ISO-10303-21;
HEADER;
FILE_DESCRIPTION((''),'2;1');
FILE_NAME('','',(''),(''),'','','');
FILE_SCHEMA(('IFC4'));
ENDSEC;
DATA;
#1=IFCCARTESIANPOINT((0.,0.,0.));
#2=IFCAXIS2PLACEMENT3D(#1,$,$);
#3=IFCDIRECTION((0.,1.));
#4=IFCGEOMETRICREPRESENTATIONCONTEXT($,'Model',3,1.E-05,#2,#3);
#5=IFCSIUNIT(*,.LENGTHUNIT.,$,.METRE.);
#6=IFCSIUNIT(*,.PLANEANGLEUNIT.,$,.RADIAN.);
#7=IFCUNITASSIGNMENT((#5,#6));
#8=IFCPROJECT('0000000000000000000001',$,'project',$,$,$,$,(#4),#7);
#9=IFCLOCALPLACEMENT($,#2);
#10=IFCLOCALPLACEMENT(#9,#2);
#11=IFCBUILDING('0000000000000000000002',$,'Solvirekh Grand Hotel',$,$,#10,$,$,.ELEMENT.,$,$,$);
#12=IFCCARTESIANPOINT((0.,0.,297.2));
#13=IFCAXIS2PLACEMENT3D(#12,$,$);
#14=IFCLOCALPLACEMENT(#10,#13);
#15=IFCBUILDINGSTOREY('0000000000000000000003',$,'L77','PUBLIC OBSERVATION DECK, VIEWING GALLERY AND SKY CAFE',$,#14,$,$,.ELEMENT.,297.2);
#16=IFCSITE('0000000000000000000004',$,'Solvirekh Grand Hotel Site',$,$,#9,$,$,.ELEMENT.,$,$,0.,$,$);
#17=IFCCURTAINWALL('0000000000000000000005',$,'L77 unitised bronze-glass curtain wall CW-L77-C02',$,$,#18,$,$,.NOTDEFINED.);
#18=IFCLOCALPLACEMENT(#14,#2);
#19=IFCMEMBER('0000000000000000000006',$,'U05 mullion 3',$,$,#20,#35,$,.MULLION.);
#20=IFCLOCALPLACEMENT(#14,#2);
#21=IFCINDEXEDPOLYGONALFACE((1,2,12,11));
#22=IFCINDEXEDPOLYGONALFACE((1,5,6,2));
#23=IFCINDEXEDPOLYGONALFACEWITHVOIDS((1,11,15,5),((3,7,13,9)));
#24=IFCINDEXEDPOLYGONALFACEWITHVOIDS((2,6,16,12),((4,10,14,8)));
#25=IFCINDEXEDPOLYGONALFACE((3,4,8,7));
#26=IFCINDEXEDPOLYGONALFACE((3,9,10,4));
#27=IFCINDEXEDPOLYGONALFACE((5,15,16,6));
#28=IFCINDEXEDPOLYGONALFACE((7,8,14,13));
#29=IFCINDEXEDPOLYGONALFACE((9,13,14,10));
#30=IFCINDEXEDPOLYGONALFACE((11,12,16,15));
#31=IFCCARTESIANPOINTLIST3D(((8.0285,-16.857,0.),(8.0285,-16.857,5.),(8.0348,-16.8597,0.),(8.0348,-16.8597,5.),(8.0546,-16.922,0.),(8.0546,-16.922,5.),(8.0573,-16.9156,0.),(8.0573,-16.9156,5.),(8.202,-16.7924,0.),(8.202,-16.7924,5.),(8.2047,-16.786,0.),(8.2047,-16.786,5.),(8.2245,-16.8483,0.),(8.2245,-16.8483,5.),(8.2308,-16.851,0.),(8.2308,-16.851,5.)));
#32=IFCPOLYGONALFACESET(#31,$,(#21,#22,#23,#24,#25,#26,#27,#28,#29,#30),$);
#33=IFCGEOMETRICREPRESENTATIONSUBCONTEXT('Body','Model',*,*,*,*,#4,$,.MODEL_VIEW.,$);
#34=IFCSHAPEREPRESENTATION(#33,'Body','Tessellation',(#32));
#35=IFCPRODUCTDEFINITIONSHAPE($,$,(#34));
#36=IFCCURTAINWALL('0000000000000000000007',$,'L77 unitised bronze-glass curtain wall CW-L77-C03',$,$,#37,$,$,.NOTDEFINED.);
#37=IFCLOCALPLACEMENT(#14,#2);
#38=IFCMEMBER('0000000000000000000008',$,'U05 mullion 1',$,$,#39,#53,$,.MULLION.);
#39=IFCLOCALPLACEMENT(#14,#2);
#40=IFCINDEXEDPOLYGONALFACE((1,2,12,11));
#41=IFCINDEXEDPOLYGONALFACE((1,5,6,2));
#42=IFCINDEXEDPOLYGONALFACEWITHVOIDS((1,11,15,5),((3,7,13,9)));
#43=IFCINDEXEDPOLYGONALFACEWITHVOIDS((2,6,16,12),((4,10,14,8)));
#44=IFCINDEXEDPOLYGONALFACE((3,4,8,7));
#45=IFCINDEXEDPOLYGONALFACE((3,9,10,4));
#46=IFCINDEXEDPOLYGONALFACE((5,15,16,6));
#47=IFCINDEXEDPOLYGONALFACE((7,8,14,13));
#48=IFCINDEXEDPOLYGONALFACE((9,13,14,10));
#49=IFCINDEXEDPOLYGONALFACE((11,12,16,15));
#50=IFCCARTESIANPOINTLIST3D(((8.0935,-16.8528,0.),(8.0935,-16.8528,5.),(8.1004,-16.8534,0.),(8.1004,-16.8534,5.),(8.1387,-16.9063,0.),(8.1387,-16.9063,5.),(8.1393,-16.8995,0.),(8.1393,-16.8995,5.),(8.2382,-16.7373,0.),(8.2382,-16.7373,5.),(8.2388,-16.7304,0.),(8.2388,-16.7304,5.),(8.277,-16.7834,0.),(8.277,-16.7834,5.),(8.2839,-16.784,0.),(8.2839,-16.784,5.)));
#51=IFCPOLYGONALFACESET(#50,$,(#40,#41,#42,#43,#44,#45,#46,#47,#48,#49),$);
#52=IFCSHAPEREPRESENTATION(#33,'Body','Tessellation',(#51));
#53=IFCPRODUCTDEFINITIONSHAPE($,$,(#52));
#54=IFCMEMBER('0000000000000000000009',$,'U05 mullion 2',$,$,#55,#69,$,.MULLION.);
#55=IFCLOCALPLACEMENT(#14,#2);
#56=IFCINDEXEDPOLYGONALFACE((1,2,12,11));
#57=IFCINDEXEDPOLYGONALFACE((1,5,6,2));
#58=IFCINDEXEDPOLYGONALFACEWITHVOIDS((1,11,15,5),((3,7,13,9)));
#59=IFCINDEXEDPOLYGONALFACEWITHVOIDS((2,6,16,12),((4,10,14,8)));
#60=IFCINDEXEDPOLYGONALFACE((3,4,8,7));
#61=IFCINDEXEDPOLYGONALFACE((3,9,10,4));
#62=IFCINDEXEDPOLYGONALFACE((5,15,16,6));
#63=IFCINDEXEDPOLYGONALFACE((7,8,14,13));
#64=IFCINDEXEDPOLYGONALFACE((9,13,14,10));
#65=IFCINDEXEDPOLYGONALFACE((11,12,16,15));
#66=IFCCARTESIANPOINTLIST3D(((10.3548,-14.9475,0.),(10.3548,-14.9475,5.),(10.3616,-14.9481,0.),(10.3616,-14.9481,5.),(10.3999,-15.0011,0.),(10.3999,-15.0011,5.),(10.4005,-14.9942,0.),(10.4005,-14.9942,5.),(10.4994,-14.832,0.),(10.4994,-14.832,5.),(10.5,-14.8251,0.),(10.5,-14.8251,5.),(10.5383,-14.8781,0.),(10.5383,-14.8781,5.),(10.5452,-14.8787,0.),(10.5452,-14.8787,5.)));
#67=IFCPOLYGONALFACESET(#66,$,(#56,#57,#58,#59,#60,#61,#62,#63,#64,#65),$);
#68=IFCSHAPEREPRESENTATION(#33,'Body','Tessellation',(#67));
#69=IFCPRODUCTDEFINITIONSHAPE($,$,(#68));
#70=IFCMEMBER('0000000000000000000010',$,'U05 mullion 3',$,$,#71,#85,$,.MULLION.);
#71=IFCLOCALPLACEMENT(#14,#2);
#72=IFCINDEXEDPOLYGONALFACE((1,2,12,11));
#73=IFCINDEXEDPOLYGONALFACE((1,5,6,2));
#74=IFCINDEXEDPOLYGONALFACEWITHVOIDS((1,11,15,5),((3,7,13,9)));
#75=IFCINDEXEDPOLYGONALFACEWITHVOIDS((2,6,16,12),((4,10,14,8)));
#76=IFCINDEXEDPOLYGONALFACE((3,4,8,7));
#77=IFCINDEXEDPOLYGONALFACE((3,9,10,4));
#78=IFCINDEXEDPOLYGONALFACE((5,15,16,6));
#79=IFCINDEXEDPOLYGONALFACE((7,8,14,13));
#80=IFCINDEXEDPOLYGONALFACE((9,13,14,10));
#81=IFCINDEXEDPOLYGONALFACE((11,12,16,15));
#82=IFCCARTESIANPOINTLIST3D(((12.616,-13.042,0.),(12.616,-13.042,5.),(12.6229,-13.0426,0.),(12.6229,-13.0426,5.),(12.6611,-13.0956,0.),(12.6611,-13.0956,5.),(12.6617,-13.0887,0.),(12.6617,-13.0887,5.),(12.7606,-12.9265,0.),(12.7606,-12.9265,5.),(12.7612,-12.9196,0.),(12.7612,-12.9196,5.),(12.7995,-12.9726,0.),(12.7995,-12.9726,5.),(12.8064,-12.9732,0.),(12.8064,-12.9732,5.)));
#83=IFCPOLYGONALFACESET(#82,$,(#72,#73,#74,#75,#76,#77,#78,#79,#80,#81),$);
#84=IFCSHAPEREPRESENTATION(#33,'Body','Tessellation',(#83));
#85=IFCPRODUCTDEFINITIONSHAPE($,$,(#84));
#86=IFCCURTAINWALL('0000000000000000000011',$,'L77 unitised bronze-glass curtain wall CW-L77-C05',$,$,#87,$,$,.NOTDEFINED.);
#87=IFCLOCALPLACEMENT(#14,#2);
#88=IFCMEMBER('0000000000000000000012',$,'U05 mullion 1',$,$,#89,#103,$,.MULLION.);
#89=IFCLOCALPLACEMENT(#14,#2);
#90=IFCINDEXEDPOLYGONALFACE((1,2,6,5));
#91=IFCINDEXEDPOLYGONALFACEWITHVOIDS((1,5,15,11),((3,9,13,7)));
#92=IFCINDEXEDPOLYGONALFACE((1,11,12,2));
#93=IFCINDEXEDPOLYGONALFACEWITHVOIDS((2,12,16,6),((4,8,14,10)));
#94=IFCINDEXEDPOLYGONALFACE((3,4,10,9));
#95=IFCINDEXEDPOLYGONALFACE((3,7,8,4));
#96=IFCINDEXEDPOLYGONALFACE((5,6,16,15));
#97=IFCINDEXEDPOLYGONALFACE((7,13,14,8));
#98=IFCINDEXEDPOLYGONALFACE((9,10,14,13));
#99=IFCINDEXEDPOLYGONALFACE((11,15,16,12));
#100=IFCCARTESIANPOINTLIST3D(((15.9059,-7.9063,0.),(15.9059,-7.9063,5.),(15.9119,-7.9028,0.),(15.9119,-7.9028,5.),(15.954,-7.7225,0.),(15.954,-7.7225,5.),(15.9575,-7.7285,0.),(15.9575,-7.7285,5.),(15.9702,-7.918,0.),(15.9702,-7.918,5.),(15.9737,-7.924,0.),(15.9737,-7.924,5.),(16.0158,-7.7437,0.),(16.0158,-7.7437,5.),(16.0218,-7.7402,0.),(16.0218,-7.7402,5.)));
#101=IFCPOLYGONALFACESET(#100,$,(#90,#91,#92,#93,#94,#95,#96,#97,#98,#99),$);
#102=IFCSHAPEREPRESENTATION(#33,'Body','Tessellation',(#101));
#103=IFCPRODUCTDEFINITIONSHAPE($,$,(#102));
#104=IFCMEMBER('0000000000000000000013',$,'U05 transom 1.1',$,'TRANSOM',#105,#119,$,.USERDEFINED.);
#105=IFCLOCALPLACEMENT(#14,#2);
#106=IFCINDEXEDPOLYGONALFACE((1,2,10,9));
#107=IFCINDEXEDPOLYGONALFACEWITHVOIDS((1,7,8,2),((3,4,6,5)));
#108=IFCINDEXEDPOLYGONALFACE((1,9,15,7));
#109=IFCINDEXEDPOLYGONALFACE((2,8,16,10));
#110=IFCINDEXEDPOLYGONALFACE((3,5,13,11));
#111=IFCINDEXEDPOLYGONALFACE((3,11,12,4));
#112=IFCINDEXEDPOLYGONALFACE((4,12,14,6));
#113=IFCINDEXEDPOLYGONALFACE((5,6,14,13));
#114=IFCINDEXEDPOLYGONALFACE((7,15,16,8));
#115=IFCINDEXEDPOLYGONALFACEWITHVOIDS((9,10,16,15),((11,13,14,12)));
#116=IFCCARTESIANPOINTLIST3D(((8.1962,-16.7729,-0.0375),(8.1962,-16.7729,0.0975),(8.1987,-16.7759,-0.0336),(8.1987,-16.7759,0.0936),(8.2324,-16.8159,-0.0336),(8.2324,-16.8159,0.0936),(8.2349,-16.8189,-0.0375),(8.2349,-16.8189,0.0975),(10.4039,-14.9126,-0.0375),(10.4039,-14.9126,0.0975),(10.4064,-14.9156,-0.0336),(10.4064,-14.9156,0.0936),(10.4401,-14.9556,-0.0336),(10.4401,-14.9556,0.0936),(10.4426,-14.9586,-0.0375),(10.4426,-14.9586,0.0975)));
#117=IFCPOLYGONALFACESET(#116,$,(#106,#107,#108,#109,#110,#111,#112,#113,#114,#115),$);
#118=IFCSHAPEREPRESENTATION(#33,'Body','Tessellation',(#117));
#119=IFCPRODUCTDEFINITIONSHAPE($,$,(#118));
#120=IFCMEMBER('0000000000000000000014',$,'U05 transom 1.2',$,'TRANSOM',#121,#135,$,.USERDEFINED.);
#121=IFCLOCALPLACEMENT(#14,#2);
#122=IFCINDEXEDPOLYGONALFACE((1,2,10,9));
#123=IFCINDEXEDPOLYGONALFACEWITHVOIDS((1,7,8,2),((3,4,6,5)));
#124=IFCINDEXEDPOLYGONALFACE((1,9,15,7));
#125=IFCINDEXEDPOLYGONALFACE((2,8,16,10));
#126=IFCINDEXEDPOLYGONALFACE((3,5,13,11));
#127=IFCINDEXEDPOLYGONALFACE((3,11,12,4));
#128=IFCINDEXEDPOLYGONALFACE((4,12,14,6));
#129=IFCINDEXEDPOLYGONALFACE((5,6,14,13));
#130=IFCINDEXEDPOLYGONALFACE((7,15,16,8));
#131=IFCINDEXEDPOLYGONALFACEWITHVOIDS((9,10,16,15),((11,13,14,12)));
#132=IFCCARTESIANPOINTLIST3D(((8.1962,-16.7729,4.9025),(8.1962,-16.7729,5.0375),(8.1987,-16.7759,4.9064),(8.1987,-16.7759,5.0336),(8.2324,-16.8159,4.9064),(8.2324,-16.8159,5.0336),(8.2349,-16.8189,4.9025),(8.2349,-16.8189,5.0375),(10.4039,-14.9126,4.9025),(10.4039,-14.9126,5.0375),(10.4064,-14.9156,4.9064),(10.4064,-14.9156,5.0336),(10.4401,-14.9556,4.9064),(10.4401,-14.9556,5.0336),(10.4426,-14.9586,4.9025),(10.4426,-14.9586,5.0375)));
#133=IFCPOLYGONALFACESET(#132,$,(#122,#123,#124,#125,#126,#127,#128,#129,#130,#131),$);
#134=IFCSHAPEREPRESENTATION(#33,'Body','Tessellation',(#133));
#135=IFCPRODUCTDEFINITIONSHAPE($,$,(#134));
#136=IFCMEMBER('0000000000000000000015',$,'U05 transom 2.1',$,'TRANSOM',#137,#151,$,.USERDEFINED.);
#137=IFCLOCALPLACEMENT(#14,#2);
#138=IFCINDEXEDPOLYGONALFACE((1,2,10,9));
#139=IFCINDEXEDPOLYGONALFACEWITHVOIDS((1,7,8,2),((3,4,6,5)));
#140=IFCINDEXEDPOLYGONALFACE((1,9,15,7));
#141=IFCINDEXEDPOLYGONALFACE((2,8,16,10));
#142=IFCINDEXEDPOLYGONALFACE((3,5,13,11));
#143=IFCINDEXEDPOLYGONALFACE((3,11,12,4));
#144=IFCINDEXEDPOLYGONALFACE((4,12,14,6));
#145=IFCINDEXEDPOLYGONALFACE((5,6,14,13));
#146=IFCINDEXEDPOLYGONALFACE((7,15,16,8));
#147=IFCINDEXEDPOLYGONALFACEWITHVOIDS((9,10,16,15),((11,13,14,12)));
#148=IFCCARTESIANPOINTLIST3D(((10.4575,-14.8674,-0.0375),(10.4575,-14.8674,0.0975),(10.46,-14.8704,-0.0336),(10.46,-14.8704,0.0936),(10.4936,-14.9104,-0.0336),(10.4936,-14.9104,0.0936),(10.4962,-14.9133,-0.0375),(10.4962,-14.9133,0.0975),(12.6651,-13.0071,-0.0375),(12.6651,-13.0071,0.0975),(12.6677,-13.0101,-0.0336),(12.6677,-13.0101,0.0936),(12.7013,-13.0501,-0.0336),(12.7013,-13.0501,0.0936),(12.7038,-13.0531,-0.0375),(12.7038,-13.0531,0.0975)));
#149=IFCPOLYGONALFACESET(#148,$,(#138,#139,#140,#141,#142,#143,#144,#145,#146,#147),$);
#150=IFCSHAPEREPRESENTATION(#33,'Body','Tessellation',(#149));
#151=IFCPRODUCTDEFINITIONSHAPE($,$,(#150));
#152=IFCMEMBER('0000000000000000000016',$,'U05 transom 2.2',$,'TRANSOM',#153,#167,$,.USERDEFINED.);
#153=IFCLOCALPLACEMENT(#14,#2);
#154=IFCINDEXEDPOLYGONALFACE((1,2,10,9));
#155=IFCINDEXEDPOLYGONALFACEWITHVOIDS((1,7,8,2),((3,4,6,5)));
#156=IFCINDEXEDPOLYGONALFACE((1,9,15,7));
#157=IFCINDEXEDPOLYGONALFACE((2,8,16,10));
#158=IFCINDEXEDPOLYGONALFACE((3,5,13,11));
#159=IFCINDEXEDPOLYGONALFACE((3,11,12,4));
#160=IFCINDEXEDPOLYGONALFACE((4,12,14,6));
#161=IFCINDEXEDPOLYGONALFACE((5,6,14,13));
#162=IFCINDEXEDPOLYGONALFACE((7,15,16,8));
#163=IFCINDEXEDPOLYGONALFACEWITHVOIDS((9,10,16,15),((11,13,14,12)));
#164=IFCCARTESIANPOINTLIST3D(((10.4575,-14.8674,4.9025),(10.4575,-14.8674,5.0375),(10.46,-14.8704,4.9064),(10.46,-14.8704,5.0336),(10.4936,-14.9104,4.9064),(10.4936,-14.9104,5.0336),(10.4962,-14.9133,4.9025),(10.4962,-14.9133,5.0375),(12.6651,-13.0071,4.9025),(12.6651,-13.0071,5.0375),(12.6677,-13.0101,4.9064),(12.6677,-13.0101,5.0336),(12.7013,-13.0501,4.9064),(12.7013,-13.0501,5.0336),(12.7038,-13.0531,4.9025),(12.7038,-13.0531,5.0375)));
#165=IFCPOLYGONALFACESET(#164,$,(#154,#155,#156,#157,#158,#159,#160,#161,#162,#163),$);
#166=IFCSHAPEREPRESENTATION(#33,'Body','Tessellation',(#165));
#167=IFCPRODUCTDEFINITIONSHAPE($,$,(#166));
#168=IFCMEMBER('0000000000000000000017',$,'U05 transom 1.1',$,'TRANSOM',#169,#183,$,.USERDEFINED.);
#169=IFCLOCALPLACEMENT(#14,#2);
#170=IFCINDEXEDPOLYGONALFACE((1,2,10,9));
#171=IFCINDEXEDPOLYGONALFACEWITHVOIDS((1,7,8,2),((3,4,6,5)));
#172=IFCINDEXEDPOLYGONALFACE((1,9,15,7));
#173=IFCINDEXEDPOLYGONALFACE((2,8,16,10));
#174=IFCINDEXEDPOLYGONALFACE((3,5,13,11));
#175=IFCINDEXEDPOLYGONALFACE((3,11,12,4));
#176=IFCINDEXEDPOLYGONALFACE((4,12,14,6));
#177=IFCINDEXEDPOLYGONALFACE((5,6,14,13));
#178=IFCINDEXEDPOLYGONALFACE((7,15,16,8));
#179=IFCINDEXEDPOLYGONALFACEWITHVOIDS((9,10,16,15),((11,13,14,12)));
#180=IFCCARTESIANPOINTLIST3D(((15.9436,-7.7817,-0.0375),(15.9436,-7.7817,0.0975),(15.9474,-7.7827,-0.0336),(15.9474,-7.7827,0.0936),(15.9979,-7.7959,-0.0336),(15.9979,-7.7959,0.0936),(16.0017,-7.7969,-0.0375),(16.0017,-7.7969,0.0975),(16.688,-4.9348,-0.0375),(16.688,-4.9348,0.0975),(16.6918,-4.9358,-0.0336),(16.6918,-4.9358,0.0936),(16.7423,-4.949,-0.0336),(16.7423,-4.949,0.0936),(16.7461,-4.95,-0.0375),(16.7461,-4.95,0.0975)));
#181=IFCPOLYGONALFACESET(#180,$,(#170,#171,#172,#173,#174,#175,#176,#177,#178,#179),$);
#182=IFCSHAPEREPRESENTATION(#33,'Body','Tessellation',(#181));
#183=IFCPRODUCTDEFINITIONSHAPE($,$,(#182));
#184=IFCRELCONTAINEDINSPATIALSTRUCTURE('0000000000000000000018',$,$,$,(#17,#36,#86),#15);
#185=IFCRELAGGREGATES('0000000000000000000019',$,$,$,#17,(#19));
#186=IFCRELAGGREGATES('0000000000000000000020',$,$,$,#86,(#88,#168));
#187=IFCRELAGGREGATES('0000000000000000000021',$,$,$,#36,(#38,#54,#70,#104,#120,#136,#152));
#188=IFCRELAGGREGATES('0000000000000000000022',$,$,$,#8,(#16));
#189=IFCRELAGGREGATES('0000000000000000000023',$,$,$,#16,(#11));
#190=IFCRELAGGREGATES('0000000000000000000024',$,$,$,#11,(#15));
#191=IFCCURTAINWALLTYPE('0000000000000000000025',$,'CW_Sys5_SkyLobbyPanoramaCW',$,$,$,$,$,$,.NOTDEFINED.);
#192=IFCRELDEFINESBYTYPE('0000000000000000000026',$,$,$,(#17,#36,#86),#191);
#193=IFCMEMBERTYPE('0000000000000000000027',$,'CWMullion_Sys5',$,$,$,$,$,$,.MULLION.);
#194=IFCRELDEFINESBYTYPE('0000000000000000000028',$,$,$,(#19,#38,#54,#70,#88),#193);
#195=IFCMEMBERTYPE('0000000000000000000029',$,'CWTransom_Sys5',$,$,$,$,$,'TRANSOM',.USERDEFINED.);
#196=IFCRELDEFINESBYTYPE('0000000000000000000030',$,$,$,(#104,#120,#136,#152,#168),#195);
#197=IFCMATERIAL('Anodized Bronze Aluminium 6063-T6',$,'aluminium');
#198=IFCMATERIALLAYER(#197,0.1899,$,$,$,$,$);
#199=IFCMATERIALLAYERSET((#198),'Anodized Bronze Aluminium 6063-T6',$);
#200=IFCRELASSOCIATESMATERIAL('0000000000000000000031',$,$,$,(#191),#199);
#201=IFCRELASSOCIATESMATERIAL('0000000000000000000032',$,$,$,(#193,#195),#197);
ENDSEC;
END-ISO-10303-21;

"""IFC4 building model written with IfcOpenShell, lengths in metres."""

from ifc_helpers import new_model, si_unit, direction, frame, origin, origin_2d, place, context, subcontext, project, spatial, hollow_rectangle, extrude, source, transform, mapped, material, layer, layer_set, material_profile, profile_set, type_object, element, aggregate, save


model = new_model("IFC4")

# Units and contexts
model_context = context("Model", 3, precision=1e-05, world=origin(), true_north=direction((0.0, 1.0)))
body_context = subcontext(model_context, "Body", "Model", "MODEL_VIEW")
ifc_project = project(units=[si_unit("LENGTHUNIT", "METRE"), si_unit("PLANEANGLEUNIT", "RADIAN")], contexts=[model_context])

# Site, building, storey
site_placement = place(None, origin())
site = spatial("IfcSite", under=ifc_project, at=site_placement, Name="Solvirekh Grand Hotel Site", CompositionType="ELEMENT", RefElevation=0.0)
building_placement = place(site_placement, origin())
building = spatial("IfcBuilding", under=site, at=building_placement, Name="Solvirekh Grand Hotel", CompositionType="ELEMENT")
storey_placement = place(building_placement, frame((0.0, 0.0, 297.2)))
storey = spatial("IfcBuildingStorey", under=building, at=storey_placement, Name="L77", Description="PUBLIC OBSERVATION DECK, VIEWING GALLERY AND SKY CAFE", CompositionType="ELEMENT", Elevation=297.2)

# Curtain wall, member
ifc_material_1 = material(Name="Anodized Bronze Aluminium 6063-T6", Category="aluminium")
ifc_layer_1 = layer(ifc_material_1, 0.1899)
ifc_layer_set_1 = layer_set([ifc_layer_1], Name="Anodized Bronze Aluminium 6063-T6")
curtain_wall_type = type_object("IfcCurtainWallType", Name="CW_Sys5_SkyLobbyPanoramaCW", PredefinedType="NOTDEFINED", material=ifc_layer_set_1)
curtain_wall_1_placement = place(storey_placement, origin())
curtain_wall_1 = element("IfcCurtainWall", 1, at=curtain_wall_1_placement, inside=storey, type_object=curtain_wall_type, Name="L77 unitised bronze-glass curtain wall CW-L77-C02", PredefinedType="NOTDEFINED")
ifc_material_profile_1 = material_profile(ifc_material_1, hollow_rectangle(XDim=0.0701, YDim=0.1899, WallThickness=0.0049, at=origin_2d()), Name="ALU RHS 190X70X5")
ifc_profile_set_1 = profile_set([ifc_material_profile_1], Name="Anodized Bronze Aluminium 6063-T6")
member_type_1 = type_object("IfcMemberType", Name="CWMullion_Sys5", PredefinedType="MULLION", material=ifc_profile_set_1)
shared_shape_1 = source(origin(), body_context, "Body", "SweptSolid", [
    extrude(hollow_rectangle(XDim=0.0701, YDim=0.1899, WallThickness=0.0049, at=origin_2d()), origin(), (0.0, 0.0, 1.0), 5.0),
])
member_1_placement = place(storey_placement, frame((8.1296, -16.854, 0.0), z_axis=(0.0, 0.0, 1.0), x_axis=(-0.373401, 0.92767, 0.0)))
member_1 = element("IfcMember", 2, at=member_1_placement, type_object=member_type_1, Name="U05 mullion 3", PredefinedType="MULLION", context=body_context, shape_type="MappedRepresentation", body=[
    mapped(shared_shape_1, transform((0.0, 0.0, 0.0), x_axis=(1.0, 0.0, 0.0), y_axis=(0.0, 1.0, 0.0), z_axis=(0.0, 0.0, 1.0), scale=1.0)),
])
aggregate(curtain_wall_1, [member_1])

# Curtain wall, members
curtain_wall_2_placement = place(storey_placement, origin())
curtain_wall_2 = element("IfcCurtainWall", 3, at=curtain_wall_2_placement, inside=storey, type_object=curtain_wall_type, Name="L77 unitised bronze-glass curtain wall CW-L77-C03", PredefinedType="NOTDEFINED")
member_2_placement = place(storey_placement, frame((8.1887, -16.8184, 0.0), z_axis=(0.0, 0.0, 1.0), x_axis=(-0.644383, 0.764703, 0.0)))
member_2 = element("IfcMember", 4, at=member_2_placement, type_object=member_type_1, Name="U05 mullion 1", PredefinedType="MULLION", context=body_context, shape_type="MappedRepresentation", body=[
    mapped(shared_shape_1, transform((0.0, 0.0, 0.0), x_axis=(1.0, 0.0, 0.0), y_axis=(0.0, 1.0, 0.0), z_axis=(0.0, 0.0, 1.0), scale=1.0)),
])
member_3_placement = place(storey_placement, frame((10.45, -14.9131, 0.0), z_axis=(0.0, 0.0, 1.0), x_axis=(-0.644383, 0.764703, 0.0)))
member_3 = element("IfcMember", 5, at=member_3_placement, type_object=member_type_1, Name="U05 mullion 2", PredefinedType="MULLION", context=body_context, shape_type="MappedRepresentation", body=[
    mapped(shared_shape_1, transform((0.0, 0.0, 0.0), x_axis=(1.0, 0.0, 0.0), y_axis=(0.0, 1.0, 0.0), z_axis=(0.0, 0.0, 1.0), scale=1.0)),
])
member_4_placement = place(storey_placement, frame((12.7112, -13.0076, 0.0), z_axis=(0.0, 0.0, 1.0), x_axis=(-0.644383, 0.764703, 0.0)))
member_4 = element("IfcMember", 6, at=member_4_placement, type_object=member_type_1, Name="U05 mullion 3", PredefinedType="MULLION", context=body_context, shape_type="MappedRepresentation", body=[
    mapped(shared_shape_1, transform((0.0, 0.0, 0.0), x_axis=(1.0, 0.0, 0.0), y_axis=(0.0, 1.0, 0.0), z_axis=(0.0, 0.0, 1.0), scale=1.0)),
])

# Curtain wall, member
curtain_wall_3_placement = place(storey_placement, origin())
curtain_wall_3 = element("IfcCurtainWall", 7, at=curtain_wall_3_placement, inside=storey, type_object=curtain_wall_type, Name="L77 unitised bronze-glass curtain wall CW-L77-C05", PredefinedType="NOTDEFINED")
member_5_placement = place(storey_placement, frame((15.9639, -7.8232, 0.0), z_axis=(0.0, 0.0, 1.0), x_axis=(-0.967471, 0.252983, 0.0)))
member_5 = element("IfcMember", 8, at=member_5_placement, type_object=member_type_1, Name="U05 mullion 1", PredefinedType="MULLION", context=body_context, shape_type="MappedRepresentation", body=[
    mapped(shared_shape_1, transform((0.0, 0.0, 0.0), x_axis=(1.0, 0.0, 0.0), y_axis=(0.0, 1.0, 0.0), z_axis=(0.0, 0.0, 1.0), scale=1.0)),
])

# Members
ifc_material_profile_2 = material_profile(ifc_material_1, hollow_rectangle(XDim=0.0601, YDim=0.135, WallThickness=0.0039, at=origin_2d()), Name="ALU RHS 135X60X4")
ifc_profile_set_2 = profile_set([ifc_material_profile_2], Name="Anodized Bronze Aluminium 6063-T6")
member_type_2 = type_object("IfcMemberType", Name="CWTransom_Sys5", ElementType="TRANSOM", PredefinedType="USERDEFINED", material=ifc_profile_set_2)
shared_shape_2 = source(origin(), body_context, "Body", "SweptSolid", [
    extrude(hollow_rectangle(XDim=0.0601, YDim=0.135, WallThickness=0.0039, at=origin_2d()), origin(), (0.0, 0.0, 1.0), 2.887),
])
member_6_placement = place(storey_placement, frame((8.2156, -16.7959, 0.03), z_axis=(0.764709, 0.644375, 0.0), x_axis=(-0.644375, 0.764709, 0.0)))
member_6 = element("IfcMember", 9, at=member_6_placement, type_object=member_type_2, Name="U05 transom 1.1", ObjectType="TRANSOM", PredefinedType="USERDEFINED", context=body_context, shape_type="MappedRepresentation", body=[
    mapped(shared_shape_2, transform((0.0, 0.0, 0.0), x_axis=(1.0, 0.0, 0.0), y_axis=(0.0, 1.0, 0.0), z_axis=(0.0, 0.0, 1.0), scale=1.0)),
])
member_7_placement = place(storey_placement, frame((8.2156, -16.7959, 4.97), z_axis=(0.764709, 0.644375, 0.0), x_axis=(-0.644375, 0.764709, 0.0)))
member_7 = element("IfcMember", 10, at=member_7_placement, type_object=member_type_2, Name="U05 transom 1.2", ObjectType="TRANSOM", PredefinedType="USERDEFINED", context=body_context, shape_type="MappedRepresentation", body=[
    mapped(shared_shape_2, transform((0.0, 0.0, 0.0), x_axis=(1.0, 0.0, 0.0), y_axis=(0.0, 1.0, 0.0), z_axis=(0.0, 0.0, 1.0), scale=1.0)),
])
member_8_placement = place(storey_placement, frame((10.4768, -14.8904, 0.03), z_axis=(0.764709, 0.644375, 0.0), x_axis=(-0.644375, 0.764709, 0.0)))
member_8 = element("IfcMember", 11, at=member_8_placement, type_object=member_type_2, Name="U05 transom 2.1", ObjectType="TRANSOM", PredefinedType="USERDEFINED", context=body_context, shape_type="MappedRepresentation", body=[
    mapped(shared_shape_2, transform((0.0, 0.0, 0.0), x_axis=(1.0, 0.0, 0.0), y_axis=(0.0, 1.0, 0.0), z_axis=(0.0, 0.0, 1.0), scale=1.0)),
])
member_9_placement = place(storey_placement, frame((10.4768, -14.8904, 4.97), z_axis=(0.764709, 0.644375, 0.0), x_axis=(-0.644375, 0.764709, 0.0)))
member_9 = element("IfcMember", 12, at=member_9_placement, type_object=member_type_2, Name="U05 transom 2.2", ObjectType="TRANSOM", PredefinedType="USERDEFINED", context=body_context, shape_type="MappedRepresentation", body=[
    mapped(shared_shape_2, transform((0.0, 0.0, 0.0), x_axis=(1.0, 0.0, 0.0), y_axis=(0.0, 1.0, 0.0), z_axis=(0.0, 0.0, 1.0), scale=1.0)),
])
shared_shape_3 = source(origin(), body_context, "Body", "SweptSolid", [
    extrude(hollow_rectangle(XDim=0.0601, YDim=0.135, WallThickness=0.0039, at=origin_2d()), origin(), (0.0, 0.0, 1.0), 2.9426),
])
member_10_placement = place(storey_placement, frame((15.9727, -7.7893, 0.03), z_axis=(0.252966, 0.967475, 0.0), x_axis=(-0.967475, 0.252966, 0.0)))
member_10 = element("IfcMember", 13, at=member_10_placement, type_object=member_type_2, Name="U05 transom 1.1", ObjectType="TRANSOM", PredefinedType="USERDEFINED", context=body_context, shape_type="MappedRepresentation", body=[
    mapped(shared_shape_3, transform((0.0, 0.0, 0.0), x_axis=(1.0, 0.0, 0.0), y_axis=(0.0, 1.0, 0.0), z_axis=(0.0, 0.0, 1.0), scale=1.0)),
])
aggregate(curtain_wall_3, [member_5, member_10])

aggregate(curtain_wall_2, [member_2, member_3, member_4, member_6, member_7, member_8, member_9])

save(model, "model.ifc")
